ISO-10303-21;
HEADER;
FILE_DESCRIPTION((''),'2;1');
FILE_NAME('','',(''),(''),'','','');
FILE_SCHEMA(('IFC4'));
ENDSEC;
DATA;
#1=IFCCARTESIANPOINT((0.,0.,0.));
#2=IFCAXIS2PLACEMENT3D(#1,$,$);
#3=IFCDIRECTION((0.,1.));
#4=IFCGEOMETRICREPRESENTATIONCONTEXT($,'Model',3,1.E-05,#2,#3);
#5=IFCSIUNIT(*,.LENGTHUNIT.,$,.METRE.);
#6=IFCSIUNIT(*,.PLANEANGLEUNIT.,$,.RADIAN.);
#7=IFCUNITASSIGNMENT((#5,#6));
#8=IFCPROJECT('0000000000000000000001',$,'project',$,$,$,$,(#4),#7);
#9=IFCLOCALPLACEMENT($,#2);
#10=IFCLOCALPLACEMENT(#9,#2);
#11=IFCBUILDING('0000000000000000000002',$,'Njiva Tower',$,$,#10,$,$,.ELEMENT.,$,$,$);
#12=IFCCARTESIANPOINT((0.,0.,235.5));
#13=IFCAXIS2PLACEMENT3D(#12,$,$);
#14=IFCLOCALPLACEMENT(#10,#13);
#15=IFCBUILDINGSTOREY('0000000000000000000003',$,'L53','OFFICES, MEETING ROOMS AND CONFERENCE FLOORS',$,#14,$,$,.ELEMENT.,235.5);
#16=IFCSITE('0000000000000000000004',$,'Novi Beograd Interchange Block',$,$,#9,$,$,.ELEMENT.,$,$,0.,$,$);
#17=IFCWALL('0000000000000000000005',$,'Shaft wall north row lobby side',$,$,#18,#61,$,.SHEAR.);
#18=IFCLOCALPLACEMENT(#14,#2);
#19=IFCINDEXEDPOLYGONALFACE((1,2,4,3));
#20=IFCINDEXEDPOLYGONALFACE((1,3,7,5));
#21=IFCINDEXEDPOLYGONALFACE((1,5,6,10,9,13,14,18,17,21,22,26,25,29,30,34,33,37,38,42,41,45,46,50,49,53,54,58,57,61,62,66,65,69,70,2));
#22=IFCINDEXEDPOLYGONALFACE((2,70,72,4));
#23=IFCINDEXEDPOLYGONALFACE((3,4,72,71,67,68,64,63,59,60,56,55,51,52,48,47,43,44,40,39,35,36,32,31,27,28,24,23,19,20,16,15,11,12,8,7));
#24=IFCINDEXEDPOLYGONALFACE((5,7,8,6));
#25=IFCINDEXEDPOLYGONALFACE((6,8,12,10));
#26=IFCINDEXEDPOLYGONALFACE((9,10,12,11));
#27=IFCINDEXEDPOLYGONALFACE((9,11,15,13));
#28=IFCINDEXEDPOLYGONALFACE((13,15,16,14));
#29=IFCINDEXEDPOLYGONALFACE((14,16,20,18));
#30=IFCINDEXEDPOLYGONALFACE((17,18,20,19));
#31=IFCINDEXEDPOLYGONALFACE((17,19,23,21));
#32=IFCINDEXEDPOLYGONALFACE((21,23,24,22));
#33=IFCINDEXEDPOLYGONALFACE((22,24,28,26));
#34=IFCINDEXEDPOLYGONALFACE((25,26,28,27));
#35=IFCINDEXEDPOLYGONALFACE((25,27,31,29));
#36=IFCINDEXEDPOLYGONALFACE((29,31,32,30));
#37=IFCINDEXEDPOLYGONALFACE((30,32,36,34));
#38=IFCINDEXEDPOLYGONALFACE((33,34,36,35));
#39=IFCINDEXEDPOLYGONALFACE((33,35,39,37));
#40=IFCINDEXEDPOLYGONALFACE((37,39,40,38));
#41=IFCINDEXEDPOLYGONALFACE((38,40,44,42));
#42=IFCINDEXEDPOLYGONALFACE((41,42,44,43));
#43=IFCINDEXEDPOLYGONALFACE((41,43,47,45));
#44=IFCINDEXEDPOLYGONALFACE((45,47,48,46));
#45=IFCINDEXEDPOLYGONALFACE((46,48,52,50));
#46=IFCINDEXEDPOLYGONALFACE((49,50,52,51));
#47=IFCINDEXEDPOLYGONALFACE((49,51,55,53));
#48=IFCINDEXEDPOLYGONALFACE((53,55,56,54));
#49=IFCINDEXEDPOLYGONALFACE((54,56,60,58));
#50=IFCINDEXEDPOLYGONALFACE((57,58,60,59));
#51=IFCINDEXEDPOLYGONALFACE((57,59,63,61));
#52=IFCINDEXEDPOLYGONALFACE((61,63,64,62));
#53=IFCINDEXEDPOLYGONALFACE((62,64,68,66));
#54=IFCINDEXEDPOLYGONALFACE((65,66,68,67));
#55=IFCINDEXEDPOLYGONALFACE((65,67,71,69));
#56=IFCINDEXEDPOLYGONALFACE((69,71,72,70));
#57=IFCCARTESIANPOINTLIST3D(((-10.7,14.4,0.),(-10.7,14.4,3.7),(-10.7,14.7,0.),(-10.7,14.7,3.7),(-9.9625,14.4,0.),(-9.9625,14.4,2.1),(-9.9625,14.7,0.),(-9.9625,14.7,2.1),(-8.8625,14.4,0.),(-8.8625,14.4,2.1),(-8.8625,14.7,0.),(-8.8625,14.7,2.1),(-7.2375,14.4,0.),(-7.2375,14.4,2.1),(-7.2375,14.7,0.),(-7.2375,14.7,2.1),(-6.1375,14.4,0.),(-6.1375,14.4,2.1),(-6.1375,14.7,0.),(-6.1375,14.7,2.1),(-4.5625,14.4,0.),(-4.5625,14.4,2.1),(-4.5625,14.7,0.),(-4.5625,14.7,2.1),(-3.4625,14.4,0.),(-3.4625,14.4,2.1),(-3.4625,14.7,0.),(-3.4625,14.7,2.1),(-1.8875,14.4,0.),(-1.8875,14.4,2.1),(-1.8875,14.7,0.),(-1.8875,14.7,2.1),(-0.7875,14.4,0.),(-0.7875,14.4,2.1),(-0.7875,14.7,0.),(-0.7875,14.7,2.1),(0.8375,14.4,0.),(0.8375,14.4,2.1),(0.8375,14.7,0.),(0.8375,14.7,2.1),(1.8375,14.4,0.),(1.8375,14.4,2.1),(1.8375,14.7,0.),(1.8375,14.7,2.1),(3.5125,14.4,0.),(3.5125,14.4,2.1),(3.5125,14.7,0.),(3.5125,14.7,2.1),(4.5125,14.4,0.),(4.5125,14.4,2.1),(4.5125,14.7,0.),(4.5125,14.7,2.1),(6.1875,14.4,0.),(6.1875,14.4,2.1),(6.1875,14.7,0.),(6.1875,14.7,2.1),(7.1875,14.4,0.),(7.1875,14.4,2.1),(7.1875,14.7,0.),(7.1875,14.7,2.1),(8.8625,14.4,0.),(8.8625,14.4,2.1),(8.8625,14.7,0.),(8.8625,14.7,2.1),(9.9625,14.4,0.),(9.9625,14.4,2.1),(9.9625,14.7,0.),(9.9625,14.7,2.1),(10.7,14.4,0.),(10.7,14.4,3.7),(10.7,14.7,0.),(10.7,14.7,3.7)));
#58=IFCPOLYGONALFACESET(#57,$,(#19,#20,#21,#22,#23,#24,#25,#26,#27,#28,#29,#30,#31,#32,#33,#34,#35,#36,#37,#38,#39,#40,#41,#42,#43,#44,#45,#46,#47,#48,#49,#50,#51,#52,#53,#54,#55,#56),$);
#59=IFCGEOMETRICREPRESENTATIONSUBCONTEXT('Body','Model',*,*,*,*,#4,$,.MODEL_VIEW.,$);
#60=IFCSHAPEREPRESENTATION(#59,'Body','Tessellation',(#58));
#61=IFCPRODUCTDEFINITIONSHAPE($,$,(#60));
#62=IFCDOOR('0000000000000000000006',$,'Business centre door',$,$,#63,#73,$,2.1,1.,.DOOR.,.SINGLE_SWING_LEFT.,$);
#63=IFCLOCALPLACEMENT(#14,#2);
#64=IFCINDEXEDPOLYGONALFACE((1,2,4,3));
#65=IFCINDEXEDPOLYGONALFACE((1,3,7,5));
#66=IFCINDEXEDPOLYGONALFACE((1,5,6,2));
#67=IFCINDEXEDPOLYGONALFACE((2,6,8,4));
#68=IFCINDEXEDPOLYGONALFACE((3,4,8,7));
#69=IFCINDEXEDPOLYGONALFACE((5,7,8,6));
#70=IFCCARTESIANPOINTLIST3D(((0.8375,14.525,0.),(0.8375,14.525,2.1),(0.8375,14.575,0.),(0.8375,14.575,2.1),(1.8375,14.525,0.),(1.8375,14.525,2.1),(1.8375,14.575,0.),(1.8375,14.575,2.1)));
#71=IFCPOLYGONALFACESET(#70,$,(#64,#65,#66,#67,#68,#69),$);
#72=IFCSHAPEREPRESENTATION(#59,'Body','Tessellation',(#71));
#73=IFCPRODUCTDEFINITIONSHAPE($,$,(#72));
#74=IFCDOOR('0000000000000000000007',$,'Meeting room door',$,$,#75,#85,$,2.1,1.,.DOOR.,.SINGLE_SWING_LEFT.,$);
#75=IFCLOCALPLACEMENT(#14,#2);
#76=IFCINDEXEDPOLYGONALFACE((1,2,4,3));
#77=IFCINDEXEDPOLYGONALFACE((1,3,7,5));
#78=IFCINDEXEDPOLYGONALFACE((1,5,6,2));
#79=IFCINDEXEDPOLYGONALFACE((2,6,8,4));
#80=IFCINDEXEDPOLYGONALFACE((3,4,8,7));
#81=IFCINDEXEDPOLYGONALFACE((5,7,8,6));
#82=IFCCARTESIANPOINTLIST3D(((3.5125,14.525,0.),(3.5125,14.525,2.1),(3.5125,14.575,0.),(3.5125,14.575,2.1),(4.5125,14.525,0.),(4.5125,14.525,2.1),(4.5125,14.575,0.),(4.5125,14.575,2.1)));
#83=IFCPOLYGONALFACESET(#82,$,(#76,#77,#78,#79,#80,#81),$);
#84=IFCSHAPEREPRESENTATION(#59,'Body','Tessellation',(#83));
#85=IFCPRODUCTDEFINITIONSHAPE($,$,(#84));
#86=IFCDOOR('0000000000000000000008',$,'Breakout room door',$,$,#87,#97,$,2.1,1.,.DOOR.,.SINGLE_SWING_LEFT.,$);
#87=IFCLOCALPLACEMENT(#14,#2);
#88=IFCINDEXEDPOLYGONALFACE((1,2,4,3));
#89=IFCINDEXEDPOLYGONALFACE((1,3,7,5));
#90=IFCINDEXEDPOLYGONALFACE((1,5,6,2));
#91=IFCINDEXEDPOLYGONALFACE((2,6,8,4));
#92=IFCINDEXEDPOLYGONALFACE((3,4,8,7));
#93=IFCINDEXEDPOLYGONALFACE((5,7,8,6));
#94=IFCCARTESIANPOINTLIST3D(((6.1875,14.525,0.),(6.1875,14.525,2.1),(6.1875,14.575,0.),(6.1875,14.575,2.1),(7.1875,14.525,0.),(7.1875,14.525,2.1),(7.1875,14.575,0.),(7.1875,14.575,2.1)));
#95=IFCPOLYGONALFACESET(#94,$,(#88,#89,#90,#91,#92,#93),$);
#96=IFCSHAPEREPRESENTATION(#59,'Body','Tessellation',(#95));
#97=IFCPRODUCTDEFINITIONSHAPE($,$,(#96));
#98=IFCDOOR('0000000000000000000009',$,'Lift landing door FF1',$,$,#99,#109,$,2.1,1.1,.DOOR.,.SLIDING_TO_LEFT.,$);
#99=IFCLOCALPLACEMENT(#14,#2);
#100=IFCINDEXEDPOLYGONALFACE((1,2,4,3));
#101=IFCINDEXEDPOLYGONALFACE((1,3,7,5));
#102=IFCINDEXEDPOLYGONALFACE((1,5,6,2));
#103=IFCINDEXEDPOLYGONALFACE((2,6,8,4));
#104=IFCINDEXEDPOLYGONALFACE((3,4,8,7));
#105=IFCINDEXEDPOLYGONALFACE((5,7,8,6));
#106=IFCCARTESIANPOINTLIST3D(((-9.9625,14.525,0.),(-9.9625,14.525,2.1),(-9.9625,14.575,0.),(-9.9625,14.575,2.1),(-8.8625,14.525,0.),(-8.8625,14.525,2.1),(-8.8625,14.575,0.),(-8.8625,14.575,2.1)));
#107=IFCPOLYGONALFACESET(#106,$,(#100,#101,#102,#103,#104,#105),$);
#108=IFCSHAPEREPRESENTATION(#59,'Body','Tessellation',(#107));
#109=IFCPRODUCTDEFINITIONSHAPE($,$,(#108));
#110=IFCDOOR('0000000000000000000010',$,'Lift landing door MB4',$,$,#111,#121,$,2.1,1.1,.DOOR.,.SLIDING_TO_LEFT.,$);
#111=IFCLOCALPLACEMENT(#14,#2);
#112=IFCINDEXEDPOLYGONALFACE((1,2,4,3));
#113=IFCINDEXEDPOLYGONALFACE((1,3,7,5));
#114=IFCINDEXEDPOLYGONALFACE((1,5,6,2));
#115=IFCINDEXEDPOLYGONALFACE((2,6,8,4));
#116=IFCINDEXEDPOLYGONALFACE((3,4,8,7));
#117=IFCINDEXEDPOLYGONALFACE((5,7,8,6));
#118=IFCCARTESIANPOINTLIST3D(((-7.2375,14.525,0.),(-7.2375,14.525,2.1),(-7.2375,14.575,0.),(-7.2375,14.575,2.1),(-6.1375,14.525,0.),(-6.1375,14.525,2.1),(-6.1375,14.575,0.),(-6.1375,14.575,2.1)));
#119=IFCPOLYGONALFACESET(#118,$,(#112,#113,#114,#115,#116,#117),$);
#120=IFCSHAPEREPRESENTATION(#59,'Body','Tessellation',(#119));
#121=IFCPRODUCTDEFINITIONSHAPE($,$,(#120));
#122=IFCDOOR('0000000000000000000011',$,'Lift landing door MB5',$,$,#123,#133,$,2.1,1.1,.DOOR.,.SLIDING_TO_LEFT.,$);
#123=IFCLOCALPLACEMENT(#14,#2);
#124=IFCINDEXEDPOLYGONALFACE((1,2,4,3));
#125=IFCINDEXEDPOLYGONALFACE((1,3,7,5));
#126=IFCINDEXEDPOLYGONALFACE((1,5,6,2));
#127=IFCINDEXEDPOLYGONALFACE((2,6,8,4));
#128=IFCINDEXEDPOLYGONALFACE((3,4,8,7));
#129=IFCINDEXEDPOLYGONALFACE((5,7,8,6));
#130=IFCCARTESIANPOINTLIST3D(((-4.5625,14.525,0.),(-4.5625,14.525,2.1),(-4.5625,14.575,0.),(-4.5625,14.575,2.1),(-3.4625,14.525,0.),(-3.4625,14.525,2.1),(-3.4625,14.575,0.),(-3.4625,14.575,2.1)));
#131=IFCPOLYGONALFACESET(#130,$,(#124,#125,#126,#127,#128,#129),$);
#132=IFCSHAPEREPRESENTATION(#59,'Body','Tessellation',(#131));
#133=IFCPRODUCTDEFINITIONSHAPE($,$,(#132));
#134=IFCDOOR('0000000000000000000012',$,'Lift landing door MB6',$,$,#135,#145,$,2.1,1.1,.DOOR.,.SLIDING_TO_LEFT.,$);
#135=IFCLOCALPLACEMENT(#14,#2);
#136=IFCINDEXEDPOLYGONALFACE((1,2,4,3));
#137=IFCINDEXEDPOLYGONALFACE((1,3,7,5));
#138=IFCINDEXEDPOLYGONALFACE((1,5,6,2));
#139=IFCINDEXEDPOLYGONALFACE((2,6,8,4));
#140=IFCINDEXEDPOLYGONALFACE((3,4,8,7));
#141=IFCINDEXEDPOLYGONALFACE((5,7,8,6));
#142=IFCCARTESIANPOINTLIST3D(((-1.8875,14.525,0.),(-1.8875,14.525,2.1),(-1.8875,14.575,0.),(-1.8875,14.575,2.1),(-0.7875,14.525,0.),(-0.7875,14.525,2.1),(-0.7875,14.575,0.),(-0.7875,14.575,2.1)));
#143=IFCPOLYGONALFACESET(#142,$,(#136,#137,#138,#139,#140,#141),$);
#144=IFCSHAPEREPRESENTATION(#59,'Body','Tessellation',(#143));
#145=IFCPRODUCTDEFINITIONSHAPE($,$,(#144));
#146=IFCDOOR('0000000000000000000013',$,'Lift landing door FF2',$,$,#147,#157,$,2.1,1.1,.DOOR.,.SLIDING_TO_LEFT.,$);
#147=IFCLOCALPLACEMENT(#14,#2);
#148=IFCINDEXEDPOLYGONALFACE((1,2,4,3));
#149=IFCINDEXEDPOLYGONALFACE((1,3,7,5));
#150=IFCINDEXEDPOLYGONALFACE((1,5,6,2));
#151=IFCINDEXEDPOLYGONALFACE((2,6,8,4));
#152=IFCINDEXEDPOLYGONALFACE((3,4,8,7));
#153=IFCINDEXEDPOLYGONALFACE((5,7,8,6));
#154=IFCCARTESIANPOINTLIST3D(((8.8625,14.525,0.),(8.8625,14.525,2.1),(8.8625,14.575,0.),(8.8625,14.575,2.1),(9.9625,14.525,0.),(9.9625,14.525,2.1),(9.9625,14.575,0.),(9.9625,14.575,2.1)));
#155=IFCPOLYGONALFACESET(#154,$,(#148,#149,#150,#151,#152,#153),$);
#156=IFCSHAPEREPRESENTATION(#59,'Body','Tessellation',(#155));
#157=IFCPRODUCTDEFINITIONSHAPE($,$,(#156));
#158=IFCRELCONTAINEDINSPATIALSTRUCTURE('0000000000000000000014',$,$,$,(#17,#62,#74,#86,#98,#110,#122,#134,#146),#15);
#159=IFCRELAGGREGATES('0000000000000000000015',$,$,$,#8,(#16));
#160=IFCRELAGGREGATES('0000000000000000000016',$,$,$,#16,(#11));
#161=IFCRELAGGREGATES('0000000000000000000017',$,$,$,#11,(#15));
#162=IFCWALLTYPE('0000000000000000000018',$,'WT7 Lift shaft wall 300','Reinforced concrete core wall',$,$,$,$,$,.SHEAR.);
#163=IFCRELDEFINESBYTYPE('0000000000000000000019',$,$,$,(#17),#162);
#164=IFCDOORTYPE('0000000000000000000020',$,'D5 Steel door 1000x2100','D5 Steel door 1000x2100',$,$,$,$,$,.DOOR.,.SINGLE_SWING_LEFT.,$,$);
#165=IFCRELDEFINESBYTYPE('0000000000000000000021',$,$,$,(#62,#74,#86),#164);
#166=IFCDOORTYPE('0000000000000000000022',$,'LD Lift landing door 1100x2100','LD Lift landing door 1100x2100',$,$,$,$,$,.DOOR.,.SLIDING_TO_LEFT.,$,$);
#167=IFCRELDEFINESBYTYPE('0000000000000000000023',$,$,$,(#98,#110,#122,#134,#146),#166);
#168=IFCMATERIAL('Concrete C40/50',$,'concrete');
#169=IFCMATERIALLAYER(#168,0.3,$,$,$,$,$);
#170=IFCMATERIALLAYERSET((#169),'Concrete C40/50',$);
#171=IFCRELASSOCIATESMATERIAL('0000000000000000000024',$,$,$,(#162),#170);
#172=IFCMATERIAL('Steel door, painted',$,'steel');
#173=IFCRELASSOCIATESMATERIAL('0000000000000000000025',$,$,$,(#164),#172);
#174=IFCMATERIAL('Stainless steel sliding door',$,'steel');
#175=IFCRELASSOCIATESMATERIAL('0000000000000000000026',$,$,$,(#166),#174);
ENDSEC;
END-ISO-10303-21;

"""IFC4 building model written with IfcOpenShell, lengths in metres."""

from ifc_helpers import new_model, si_unit, direction, frame, frame_2d, origin, place, context, subcontext, project, spatial, rectangle, extrude, material, layer, layer_set, type_object, element, fill, save


model = new_model("IFC4")

# Units and contexts
model_context = context("Model", 3, precision=1e-05, world=origin(), true_north=direction((0.0, 1.0)))
body_context = subcontext(model_context, "Body", "Model", "MODEL_VIEW")
ifc_project = project(units=[si_unit("LENGTHUNIT", "METRE"), si_unit("PLANEANGLEUNIT", "RADIAN")], contexts=[model_context])

# Site, building, storey
site_placement = place(None, origin())
site = spatial("IfcSite", under=ifc_project, at=site_placement, Name="Novi Beograd Interchange Block", CompositionType="ELEMENT", RefElevation=0.0)
building_placement = place(site_placement, origin())
building = spatial("IfcBuilding", under=site, at=building_placement, Name="Njiva Tower", CompositionType="ELEMENT")
storey_placement = place(building_placement, frame((0.0, 0.0, 235.5)))
storey = spatial("IfcBuildingStorey", under=building, at=storey_placement, Name="L53", Description="OFFICES, MEETING ROOMS AND CONFERENCE FLOORS", CompositionType="ELEMENT", Elevation=235.5)

# Shared definitions
ifc_material_1 = material(Name="Concrete C40/50", Category="concrete")

# Wall, openings, doors
ifc_layer_1 = layer(ifc_material_1, 0.3)
ifc_layer_set_1 = layer_set([ifc_layer_1], Name="Concrete C40/50")
wall_type_1 = type_object("IfcWallType", Name="WT7 Lift shaft wall 300", Description="Reinforced concrete core wall", PredefinedType="SHEAR", material=ifc_layer_set_1)
wall_1_placement = place(storey_placement, frame((-10.7, 14.55, 0.0), z_axis=(0.0, 0.0, 1.0), x_axis=(1.0, 0.0, 0.0)))
wall_1 = element("IfcWall", 1, at=wall_1_placement, inside=storey, type_object=wall_type_1, Name="Shaft wall north row lobby side", PredefinedType="SHEAR", context=body_context, shape_type="SweptSolid", body=[
    extrude(rectangle(XDim=21.4, YDim=0.3, at=frame_2d((10.7, 0.0))), origin(), (0.0, 0.0, 1.0), 3.7),
])
opening_1_placement = place(wall_1_placement, frame((0.7375, 0.0, 0.0)))
opening_1 = element("IfcOpeningElement", 2, at=opening_1_placement, cuts=wall_1, PredefinedType="OPENING", context=body_context, shape_type="SweptSolid", body=[
    extrude(rectangle(XDim=1.1, YDim=2.1, at=frame_2d((0.55, 1.05))), frame((0.0, 0.16, 0.0), z_axis=(0.0, -1.0, 0.0), x_axis=(1.0, 0.0, 0.0)), (0.0, 0.0, 1.0), 0.32),
])
opening_2_placement = place(wall_1_placement, frame((3.4625, 0.0, 0.0)))
opening_2 = element("IfcOpeningElement", 3, at=opening_2_placement, cuts=wall_1, PredefinedType="OPENING", context=body_context, shape_type="SweptSolid", body=[
    extrude(rectangle(XDim=1.1, YDim=2.1, at=frame_2d((0.55, 1.05))), frame((0.0, 0.16, 0.0), z_axis=(0.0, -1.0, 0.0), x_axis=(1.0, 0.0, 0.0)), (0.0, 0.0, 1.0), 0.32),
])
opening_3_placement = place(wall_1_placement, frame((6.1375, 0.0, 0.0)))
opening_3 = element("IfcOpeningElement", 4, at=opening_3_placement, cuts=wall_1, PredefinedType="OPENING", context=body_context, shape_type="SweptSolid", body=[
    extrude(rectangle(XDim=1.1, YDim=2.1, at=frame_2d((0.55, 1.05))), frame((0.0, 0.16, 0.0), z_axis=(0.0, -1.0, 0.0), x_axis=(1.0, 0.0, 0.0)), (0.0, 0.0, 1.0), 0.32),
])
opening_4_placement = place(wall_1_placement, frame((8.8125, 0.0, 0.0)))
opening_4 = element("IfcOpeningElement", 5, at=opening_4_placement, cuts=wall_1, PredefinedType="OPENING", context=body_context, shape_type="SweptSolid", body=[
    extrude(rectangle(XDim=1.1, YDim=2.1, at=frame_2d((0.55, 1.05))), frame((0.0, 0.16, 0.0), z_axis=(0.0, -1.0, 0.0), x_axis=(1.0, 0.0, 0.0)), (0.0, 0.0, 1.0), 0.32),
])
opening_5_placement = place(wall_1_placement, frame((19.5625, 0.0, 0.0)))
opening_5 = element("IfcOpeningElement", 6, at=opening_5_placement, cuts=wall_1, PredefinedType="OPENING", context=body_context, shape_type="SweptSolid", body=[
    extrude(rectangle(XDim=1.1, YDim=2.1, at=frame_2d((0.55, 1.05))), frame((0.0, 0.16, 0.0), z_axis=(0.0, -1.0, 0.0), x_axis=(1.0, 0.0, 0.0)), (0.0, 0.0, 1.0), 0.32),
])
opening_6_placement = place(wall_1_placement, frame((11.5375, 0.0, 0.0)))
opening_6 = element("IfcOpeningElement", 7, at=opening_6_placement, cuts=wall_1, PredefinedType="OPENING", context=body_context, shape_type="SweptSolid", body=[
    extrude(rectangle(XDim=1.0, YDim=2.1, at=frame_2d((0.5, 1.05))), frame((0.0, 0.16, 0.0), z_axis=(0.0, -1.0, 0.0), x_axis=(1.0, 0.0, 0.0)), (0.0, 0.0, 1.0), 0.32),
])
opening_7_placement = place(wall_1_placement, frame((14.2125, 0.0, 0.0)))
opening_7 = element("IfcOpeningElement", 8, at=opening_7_placement, cuts=wall_1, PredefinedType="OPENING", context=body_context, shape_type="SweptSolid", body=[
    extrude(rectangle(XDim=1.0, YDim=2.1, at=frame_2d((0.5, 1.05))), frame((0.0, 0.16, 0.0), z_axis=(0.0, -1.0, 0.0), x_axis=(1.0, 0.0, 0.0)), (0.0, 0.0, 1.0), 0.32),
])
opening_8_placement = place(wall_1_placement, frame((16.8875, 0.0, 0.0)))
opening_8 = element("IfcOpeningElement", 9, at=opening_8_placement, cuts=wall_1, PredefinedType="OPENING", context=body_context, shape_type="SweptSolid", body=[
    extrude(rectangle(XDim=1.0, YDim=2.1, at=frame_2d((0.5, 1.05))), frame((0.0, 0.16, 0.0), z_axis=(0.0, -1.0, 0.0), x_axis=(1.0, 0.0, 0.0)), (0.0, 0.0, 1.0), 0.32),
])
ifc_material_2 = material(Name="Steel door, painted", Category="steel")
door_type_1 = type_object("IfcDoorType", Name="D5 Steel door 1000x2100", Description="D5 Steel door 1000x2100", OperationType="SINGLE_SWING_LEFT", PredefinedType="DOOR", material=ifc_material_2)
door_1_placement = place(opening_6_placement, origin())
door_1 = element("IfcDoor", 10, at=door_1_placement, inside=storey, type_object=door_type_1, Name="Business centre door", OperationType="SINGLE_SWING_LEFT", OverallHeight=2.1, OverallWidth=1.0, PredefinedType="DOOR", context=body_context, shape_type="SweptSolid", body=[
    extrude(rectangle(XDim=1.0, YDim=2.1, at=frame_2d((0.5, 1.05))), frame((0.0, 0.025, 0.0), z_axis=(0.0, -1.0, 0.0), x_axis=(1.0, 0.0, 0.0)), (0.0, 0.0, 1.0), 0.05),
])
fill(opening_6, door_1)
door_2_placement = place(opening_7_placement, origin())
door_2 = element("IfcDoor", 11, at=door_2_placement, inside=storey, type_object=door_type_1, Name="Meeting room door", OperationType="SINGLE_SWING_LEFT", OverallHeight=2.1, OverallWidth=1.0, PredefinedType="DOOR", context=body_context, shape_type="SweptSolid", body=[
    extrude(rectangle(XDim=1.0, YDim=2.1, at=frame_2d((0.5, 1.05))), frame((0.0, 0.025, 0.0), z_axis=(0.0, -1.0, 0.0), x_axis=(1.0, 0.0, 0.0)), (0.0, 0.0, 1.0), 0.05),
])
fill(opening_7, door_2)
door_3_placement = place(opening_8_placement, origin())
door_3 = element("IfcDoor", 12, at=door_3_placement, inside=storey, type_object=door_type_1, Name="Breakout room door", OperationType="SINGLE_SWING_LEFT", OverallHeight=2.1, OverallWidth=1.0, PredefinedType="DOOR", context=body_context, shape_type="SweptSolid", body=[
    extrude(rectangle(XDim=1.0, YDim=2.1, at=frame_2d((0.5, 1.05))), frame((0.0, 0.025, 0.0), z_axis=(0.0, -1.0, 0.0), x_axis=(1.0, 0.0, 0.0)), (0.0, 0.0, 1.0), 0.05),
])
fill(opening_8, door_3)
ifc_material_3 = material(Name="Stainless steel sliding door", Category="steel")
door_type_2 = type_object("IfcDoorType", Name="LD Lift landing door 1100x2100", Description="LD Lift landing door 1100x2100", OperationType="SLIDING_TO_LEFT", PredefinedType="DOOR", material=ifc_material_3)
door_4_placement = place(opening_1_placement, origin())
door_4 = element("IfcDoor", 13, at=door_4_placement, inside=storey, type_object=door_type_2, Name="Lift landing door FF1", OperationType="SLIDING_TO_LEFT", OverallHeight=2.1, OverallWidth=1.1, PredefinedType="DOOR", context=body_context, shape_type="SweptSolid", body=[
    extrude(rectangle(XDim=1.1, YDim=2.1, at=frame_2d((0.55, 1.05))), frame((0.0, 0.025, 0.0), z_axis=(0.0, -1.0, 0.0), x_axis=(1.0, 0.0, 0.0)), (0.0, 0.0, 1.0), 0.05),
])
fill(opening_1, door_4)
door_5_placement = place(opening_2_placement, origin())
door_5 = element("IfcDoor", 14, at=door_5_placement, inside=storey, type_object=door_type_2, Name="Lift landing door MB4", OperationType="SLIDING_TO_LEFT", OverallHeight=2.1, OverallWidth=1.1, PredefinedType="DOOR", context=body_context, shape_type="SweptSolid", body=[
    extrude(rectangle(XDim=1.1, YDim=2.1, at=frame_2d((0.55, 1.05))), frame((0.0, 0.025, 0.0), z_axis=(0.0, -1.0, 0.0), x_axis=(1.0, 0.0, 0.0)), (0.0, 0.0, 1.0), 0.05),
])
fill(opening_2, door_5)
door_6_placement = place(opening_3_placement, origin())
door_6 = element("IfcDoor", 15, at=door_6_placement, inside=storey, type_object=door_type_2, Name="Lift landing door MB5", OperationType="SLIDING_TO_LEFT", OverallHeight=2.1, OverallWidth=1.1, PredefinedType="DOOR", context=body_context, shape_type="SweptSolid", body=[
    extrude(rectangle(XDim=1.1, YDim=2.1, at=frame_2d((0.55, 1.05))), frame((0.0, 0.025, 0.0), z_axis=(0.0, -1.0, 0.0), x_axis=(1.0, 0.0, 0.0)), (0.0, 0.0, 1.0), 0.05),
])
fill(opening_3, door_6)
door_7_placement = place(opening_4_placement, origin())
door_7 = element("IfcDoor", 16, at=door_7_placement, inside=storey, type_object=door_type_2, Name="Lift landing door MB6", OperationType="SLIDING_TO_LEFT", OverallHeight=2.1, OverallWidth=1.1, PredefinedType="DOOR", context=body_context, shape_type="SweptSolid", body=[
    extrude(rectangle(XDim=1.1, YDim=2.1, at=frame_2d((0.55, 1.05))), frame((0.0, 0.025, 0.0), z_axis=(0.0, -1.0, 0.0), x_axis=(1.0, 0.0, 0.0)), (0.0, 0.0, 1.0), 0.05),
])
fill(opening_4, door_7)
door_8_placement = place(opening_5_placement, origin())
door_8 = element("IfcDoor", 17, at=door_8_placement, inside=storey, type_object=door_type_2, Name="Lift landing door FF2", OperationType="SLIDING_TO_LEFT", OverallHeight=2.1, OverallWidth=1.1, PredefinedType="DOOR", context=body_context, shape_type="SweptSolid", body=[
    extrude(rectangle(XDim=1.1, YDim=2.1, at=frame_2d((0.55, 1.05))), frame((0.0, 0.025, 0.0), z_axis=(0.0, -1.0, 0.0), x_axis=(1.0, 0.0, 0.0)), (0.0, 0.0, 1.0), 0.05),
])
fill(opening_5, door_8)

save(model, "model.ifc")
